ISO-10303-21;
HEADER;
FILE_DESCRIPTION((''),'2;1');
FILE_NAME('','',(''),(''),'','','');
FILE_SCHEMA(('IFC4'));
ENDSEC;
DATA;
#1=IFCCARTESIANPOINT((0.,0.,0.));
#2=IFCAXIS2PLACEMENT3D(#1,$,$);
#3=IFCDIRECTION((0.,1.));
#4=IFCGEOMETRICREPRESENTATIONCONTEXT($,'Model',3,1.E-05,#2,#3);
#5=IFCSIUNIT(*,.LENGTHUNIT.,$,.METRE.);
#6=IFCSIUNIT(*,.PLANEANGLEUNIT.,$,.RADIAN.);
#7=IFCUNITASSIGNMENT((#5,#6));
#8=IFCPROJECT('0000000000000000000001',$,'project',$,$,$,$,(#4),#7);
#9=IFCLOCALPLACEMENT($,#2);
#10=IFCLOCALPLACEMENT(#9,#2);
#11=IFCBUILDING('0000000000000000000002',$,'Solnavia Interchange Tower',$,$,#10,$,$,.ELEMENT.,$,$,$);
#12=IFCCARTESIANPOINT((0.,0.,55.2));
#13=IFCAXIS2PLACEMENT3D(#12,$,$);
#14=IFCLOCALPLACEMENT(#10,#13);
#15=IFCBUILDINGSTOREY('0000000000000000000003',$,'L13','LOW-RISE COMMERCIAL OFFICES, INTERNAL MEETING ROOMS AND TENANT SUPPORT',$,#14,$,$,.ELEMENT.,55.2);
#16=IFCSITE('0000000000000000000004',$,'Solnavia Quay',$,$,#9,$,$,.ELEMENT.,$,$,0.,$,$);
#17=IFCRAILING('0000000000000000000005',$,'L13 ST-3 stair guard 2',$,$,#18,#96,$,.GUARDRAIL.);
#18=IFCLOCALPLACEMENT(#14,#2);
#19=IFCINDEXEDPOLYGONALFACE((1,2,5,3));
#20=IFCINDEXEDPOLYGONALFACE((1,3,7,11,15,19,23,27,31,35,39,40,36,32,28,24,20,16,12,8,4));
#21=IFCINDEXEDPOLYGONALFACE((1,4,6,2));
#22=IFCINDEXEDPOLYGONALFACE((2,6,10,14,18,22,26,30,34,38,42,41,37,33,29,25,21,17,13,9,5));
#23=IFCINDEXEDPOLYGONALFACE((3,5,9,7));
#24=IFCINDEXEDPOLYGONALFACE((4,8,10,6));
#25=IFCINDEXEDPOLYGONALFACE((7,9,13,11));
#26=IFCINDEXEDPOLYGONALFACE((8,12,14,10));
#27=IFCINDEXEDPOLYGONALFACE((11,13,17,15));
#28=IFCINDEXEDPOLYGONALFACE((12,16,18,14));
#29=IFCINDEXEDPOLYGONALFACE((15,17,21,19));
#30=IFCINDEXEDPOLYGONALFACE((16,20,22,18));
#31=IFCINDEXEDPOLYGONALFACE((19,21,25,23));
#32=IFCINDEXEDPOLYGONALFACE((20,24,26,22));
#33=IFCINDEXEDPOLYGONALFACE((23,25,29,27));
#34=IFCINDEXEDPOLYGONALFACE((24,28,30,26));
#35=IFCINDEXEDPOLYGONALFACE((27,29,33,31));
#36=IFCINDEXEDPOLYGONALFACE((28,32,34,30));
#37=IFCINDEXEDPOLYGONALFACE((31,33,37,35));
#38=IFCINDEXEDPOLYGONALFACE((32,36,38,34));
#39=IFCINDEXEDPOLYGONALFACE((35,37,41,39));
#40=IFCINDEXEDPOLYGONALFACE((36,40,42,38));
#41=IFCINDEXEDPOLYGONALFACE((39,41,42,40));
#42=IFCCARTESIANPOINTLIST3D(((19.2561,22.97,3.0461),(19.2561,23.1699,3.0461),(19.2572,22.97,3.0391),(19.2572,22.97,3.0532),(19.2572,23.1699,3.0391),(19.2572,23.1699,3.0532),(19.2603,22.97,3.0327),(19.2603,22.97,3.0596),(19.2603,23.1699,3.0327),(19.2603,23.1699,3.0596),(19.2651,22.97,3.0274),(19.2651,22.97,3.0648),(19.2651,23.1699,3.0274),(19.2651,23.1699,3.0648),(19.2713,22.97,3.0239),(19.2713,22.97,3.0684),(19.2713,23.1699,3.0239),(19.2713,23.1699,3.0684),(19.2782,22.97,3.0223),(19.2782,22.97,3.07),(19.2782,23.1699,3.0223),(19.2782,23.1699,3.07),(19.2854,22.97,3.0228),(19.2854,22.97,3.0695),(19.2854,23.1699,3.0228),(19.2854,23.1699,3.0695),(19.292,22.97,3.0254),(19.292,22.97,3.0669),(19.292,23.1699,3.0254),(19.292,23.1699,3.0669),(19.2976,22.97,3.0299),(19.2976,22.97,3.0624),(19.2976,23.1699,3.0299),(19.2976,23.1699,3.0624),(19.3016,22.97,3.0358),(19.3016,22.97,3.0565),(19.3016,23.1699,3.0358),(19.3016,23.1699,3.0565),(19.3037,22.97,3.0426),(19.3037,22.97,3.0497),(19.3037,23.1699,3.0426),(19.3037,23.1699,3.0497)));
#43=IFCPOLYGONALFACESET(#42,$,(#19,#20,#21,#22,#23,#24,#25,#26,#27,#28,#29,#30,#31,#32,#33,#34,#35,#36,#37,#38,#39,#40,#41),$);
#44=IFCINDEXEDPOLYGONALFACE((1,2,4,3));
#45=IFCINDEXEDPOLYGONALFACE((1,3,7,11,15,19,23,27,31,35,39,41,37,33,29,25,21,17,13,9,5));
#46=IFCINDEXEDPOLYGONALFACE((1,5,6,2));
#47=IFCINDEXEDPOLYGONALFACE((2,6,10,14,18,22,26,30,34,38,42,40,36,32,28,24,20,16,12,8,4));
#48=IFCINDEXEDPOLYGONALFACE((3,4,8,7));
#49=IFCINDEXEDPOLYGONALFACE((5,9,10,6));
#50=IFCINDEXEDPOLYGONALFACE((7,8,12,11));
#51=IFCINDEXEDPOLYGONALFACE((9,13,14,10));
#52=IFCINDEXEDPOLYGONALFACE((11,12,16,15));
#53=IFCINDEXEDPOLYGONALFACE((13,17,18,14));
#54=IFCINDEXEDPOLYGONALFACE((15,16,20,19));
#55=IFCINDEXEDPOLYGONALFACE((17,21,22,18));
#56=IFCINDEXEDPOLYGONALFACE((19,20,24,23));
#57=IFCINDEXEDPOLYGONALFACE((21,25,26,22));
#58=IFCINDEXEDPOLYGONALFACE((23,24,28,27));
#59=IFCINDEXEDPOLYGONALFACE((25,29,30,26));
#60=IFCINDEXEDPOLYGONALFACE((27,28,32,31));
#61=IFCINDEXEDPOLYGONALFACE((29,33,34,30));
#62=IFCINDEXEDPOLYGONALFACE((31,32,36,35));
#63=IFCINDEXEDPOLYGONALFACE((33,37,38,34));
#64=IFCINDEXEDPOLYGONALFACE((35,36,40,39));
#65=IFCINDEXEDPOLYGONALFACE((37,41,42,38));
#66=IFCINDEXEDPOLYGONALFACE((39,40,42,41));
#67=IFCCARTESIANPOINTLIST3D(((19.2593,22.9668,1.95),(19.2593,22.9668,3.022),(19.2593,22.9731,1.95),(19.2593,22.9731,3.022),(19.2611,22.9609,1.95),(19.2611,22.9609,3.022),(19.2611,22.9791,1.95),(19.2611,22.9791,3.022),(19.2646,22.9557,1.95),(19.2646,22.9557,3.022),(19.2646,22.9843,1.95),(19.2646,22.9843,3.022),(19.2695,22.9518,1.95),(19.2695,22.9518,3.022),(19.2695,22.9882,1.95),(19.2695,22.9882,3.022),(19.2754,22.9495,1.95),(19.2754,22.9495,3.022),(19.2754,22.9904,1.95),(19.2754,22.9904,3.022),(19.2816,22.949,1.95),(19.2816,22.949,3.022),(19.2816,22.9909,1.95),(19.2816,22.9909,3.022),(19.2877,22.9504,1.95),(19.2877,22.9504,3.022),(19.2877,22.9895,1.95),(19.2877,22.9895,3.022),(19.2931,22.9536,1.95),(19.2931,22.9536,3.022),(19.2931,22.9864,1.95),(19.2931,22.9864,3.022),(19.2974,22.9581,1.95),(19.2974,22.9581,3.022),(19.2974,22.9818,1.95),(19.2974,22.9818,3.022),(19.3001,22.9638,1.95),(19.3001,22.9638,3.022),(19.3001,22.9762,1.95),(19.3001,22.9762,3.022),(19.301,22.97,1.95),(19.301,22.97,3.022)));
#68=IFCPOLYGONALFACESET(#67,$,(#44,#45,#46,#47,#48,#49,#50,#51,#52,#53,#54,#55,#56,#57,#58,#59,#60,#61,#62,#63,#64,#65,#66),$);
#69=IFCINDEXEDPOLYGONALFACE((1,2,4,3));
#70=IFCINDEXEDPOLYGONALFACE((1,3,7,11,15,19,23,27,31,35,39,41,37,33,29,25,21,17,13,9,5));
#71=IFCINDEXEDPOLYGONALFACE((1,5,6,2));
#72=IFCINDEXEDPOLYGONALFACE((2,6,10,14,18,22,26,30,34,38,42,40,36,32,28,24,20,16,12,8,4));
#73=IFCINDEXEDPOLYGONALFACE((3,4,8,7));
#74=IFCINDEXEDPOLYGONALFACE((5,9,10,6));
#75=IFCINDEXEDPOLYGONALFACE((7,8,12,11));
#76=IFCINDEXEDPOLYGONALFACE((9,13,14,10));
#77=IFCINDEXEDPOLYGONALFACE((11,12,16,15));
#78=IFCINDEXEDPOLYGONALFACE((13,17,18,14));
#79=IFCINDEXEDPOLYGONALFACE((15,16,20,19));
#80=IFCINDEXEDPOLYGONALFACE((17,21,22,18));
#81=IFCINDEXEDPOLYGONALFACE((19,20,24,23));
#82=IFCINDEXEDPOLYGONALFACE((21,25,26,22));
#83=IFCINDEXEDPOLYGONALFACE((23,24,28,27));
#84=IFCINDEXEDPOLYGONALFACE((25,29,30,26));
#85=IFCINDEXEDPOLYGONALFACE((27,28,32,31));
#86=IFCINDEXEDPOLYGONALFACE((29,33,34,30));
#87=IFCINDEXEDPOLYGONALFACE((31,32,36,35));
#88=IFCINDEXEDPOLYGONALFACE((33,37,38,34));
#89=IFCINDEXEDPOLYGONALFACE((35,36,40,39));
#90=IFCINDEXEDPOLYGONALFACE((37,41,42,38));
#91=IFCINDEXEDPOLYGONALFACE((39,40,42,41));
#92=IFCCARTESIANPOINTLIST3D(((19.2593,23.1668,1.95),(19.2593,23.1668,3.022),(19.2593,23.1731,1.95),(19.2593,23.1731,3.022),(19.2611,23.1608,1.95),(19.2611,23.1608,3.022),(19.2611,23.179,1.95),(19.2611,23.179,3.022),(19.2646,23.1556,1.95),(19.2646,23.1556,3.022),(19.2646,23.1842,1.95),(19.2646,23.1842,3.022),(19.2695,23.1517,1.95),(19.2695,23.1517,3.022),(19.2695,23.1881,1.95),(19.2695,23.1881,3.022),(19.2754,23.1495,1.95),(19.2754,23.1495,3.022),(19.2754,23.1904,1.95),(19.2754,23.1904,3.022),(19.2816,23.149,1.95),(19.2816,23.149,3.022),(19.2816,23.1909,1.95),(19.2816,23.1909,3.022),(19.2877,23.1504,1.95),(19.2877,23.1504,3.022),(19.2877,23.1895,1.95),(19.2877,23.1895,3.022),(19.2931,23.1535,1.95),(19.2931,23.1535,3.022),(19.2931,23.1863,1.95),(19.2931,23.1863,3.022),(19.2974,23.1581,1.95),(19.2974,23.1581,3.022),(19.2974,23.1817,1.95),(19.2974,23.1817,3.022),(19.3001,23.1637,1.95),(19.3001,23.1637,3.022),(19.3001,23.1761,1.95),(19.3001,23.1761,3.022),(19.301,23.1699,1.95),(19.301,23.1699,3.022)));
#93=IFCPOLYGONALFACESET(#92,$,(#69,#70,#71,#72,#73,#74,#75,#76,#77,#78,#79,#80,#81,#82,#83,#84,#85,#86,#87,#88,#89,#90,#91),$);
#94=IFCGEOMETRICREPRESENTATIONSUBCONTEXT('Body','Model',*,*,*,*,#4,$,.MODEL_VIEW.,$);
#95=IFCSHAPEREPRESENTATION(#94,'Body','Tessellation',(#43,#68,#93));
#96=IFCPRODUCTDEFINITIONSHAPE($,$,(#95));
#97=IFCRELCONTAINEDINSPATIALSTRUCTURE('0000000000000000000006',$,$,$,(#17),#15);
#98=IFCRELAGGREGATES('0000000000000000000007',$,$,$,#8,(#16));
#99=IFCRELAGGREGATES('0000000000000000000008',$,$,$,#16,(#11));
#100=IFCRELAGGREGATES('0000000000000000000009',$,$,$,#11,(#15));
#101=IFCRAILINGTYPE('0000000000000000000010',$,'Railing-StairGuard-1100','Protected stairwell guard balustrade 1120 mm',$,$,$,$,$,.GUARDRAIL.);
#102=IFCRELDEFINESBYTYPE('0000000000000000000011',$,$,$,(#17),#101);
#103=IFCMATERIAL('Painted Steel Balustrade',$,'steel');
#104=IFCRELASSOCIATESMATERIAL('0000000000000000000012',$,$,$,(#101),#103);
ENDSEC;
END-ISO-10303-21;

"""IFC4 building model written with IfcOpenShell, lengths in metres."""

from ifc_helpers import new_model, si_unit, direction, frame, origin, origin_2d, place, context, subcontext, project, spatial, circle, extrude, material, type_object, element, save


model = new_model("IFC4")

# Units and contexts
model_context = context("Model", 3, precision=1e-05, world=origin(), true_north=direction((0.0, 1.0)))
body_context = subcontext(model_context, "Body", "Model", "MODEL_VIEW")
ifc_project = project(units=[si_unit("LENGTHUNIT", "METRE"), si_unit("PLANEANGLEUNIT", "RADIAN")], contexts=[model_context])

# Site, building, storey
site_placement = place(None, origin())
site = spatial("IfcSite", under=ifc_project, at=site_placement, Name="Solnavia Quay", CompositionType="ELEMENT", RefElevation=0.0)
building_placement = place(site_placement, origin())
building = spatial("IfcBuilding", under=site, at=building_placement, Name="Solnavia Interchange Tower", CompositionType="ELEMENT")
storey_placement = place(building_placement, frame((0.0, 0.0, 55.2)))
storey = spatial("IfcBuildingStorey", under=building, at=storey_placement, Name="L13", Description="LOW-RISE COMMERCIAL OFFICES, INTERNAL MEETING ROOMS AND TENANT SUPPORT", CompositionType="ELEMENT", Elevation=55.2)

# Railing
ifc_material_1 = material(Name="Painted Steel Balustrade", Category="steel")
railing_type_1 = type_object("IfcRailingType", Name="Railing-StairGuard-1100", Description="Protected stairwell guard balustrade 1120 mm", PredefinedType="GUARDRAIL", material=ifc_material_1)
railing_1_placement = place(storey_placement, frame((19.28, 22.97, 1.95)))
element("IfcRailing", 1, at=railing_1_placement, inside=storey, type_object=railing_type_1, Name="L13 ST-3 stair guard 2", PredefinedType="GUARDRAIL", context=body_context, shape_type="SweptSolid", body=[
    extrude(circle(Radius=0.0239, at=origin_2d()), frame((0.0, 0.0, 1.0962), z_axis=(0.0, 1.0, 0.0), x_axis=(-1.0, 0.0, 0.0)), (0.0, 0.0, 1.0), 0.2),
    extrude(circle(Radius=0.021, at=origin_2d()), origin(), (0.0, 0.0, 1.0), 1.072),
    extrude(circle(Radius=0.021, at=origin_2d()), frame((0.0, 0.2, 0.0)), (0.0, 0.0, 1.0), 1.072),
])

save(model, "model.ifc")
